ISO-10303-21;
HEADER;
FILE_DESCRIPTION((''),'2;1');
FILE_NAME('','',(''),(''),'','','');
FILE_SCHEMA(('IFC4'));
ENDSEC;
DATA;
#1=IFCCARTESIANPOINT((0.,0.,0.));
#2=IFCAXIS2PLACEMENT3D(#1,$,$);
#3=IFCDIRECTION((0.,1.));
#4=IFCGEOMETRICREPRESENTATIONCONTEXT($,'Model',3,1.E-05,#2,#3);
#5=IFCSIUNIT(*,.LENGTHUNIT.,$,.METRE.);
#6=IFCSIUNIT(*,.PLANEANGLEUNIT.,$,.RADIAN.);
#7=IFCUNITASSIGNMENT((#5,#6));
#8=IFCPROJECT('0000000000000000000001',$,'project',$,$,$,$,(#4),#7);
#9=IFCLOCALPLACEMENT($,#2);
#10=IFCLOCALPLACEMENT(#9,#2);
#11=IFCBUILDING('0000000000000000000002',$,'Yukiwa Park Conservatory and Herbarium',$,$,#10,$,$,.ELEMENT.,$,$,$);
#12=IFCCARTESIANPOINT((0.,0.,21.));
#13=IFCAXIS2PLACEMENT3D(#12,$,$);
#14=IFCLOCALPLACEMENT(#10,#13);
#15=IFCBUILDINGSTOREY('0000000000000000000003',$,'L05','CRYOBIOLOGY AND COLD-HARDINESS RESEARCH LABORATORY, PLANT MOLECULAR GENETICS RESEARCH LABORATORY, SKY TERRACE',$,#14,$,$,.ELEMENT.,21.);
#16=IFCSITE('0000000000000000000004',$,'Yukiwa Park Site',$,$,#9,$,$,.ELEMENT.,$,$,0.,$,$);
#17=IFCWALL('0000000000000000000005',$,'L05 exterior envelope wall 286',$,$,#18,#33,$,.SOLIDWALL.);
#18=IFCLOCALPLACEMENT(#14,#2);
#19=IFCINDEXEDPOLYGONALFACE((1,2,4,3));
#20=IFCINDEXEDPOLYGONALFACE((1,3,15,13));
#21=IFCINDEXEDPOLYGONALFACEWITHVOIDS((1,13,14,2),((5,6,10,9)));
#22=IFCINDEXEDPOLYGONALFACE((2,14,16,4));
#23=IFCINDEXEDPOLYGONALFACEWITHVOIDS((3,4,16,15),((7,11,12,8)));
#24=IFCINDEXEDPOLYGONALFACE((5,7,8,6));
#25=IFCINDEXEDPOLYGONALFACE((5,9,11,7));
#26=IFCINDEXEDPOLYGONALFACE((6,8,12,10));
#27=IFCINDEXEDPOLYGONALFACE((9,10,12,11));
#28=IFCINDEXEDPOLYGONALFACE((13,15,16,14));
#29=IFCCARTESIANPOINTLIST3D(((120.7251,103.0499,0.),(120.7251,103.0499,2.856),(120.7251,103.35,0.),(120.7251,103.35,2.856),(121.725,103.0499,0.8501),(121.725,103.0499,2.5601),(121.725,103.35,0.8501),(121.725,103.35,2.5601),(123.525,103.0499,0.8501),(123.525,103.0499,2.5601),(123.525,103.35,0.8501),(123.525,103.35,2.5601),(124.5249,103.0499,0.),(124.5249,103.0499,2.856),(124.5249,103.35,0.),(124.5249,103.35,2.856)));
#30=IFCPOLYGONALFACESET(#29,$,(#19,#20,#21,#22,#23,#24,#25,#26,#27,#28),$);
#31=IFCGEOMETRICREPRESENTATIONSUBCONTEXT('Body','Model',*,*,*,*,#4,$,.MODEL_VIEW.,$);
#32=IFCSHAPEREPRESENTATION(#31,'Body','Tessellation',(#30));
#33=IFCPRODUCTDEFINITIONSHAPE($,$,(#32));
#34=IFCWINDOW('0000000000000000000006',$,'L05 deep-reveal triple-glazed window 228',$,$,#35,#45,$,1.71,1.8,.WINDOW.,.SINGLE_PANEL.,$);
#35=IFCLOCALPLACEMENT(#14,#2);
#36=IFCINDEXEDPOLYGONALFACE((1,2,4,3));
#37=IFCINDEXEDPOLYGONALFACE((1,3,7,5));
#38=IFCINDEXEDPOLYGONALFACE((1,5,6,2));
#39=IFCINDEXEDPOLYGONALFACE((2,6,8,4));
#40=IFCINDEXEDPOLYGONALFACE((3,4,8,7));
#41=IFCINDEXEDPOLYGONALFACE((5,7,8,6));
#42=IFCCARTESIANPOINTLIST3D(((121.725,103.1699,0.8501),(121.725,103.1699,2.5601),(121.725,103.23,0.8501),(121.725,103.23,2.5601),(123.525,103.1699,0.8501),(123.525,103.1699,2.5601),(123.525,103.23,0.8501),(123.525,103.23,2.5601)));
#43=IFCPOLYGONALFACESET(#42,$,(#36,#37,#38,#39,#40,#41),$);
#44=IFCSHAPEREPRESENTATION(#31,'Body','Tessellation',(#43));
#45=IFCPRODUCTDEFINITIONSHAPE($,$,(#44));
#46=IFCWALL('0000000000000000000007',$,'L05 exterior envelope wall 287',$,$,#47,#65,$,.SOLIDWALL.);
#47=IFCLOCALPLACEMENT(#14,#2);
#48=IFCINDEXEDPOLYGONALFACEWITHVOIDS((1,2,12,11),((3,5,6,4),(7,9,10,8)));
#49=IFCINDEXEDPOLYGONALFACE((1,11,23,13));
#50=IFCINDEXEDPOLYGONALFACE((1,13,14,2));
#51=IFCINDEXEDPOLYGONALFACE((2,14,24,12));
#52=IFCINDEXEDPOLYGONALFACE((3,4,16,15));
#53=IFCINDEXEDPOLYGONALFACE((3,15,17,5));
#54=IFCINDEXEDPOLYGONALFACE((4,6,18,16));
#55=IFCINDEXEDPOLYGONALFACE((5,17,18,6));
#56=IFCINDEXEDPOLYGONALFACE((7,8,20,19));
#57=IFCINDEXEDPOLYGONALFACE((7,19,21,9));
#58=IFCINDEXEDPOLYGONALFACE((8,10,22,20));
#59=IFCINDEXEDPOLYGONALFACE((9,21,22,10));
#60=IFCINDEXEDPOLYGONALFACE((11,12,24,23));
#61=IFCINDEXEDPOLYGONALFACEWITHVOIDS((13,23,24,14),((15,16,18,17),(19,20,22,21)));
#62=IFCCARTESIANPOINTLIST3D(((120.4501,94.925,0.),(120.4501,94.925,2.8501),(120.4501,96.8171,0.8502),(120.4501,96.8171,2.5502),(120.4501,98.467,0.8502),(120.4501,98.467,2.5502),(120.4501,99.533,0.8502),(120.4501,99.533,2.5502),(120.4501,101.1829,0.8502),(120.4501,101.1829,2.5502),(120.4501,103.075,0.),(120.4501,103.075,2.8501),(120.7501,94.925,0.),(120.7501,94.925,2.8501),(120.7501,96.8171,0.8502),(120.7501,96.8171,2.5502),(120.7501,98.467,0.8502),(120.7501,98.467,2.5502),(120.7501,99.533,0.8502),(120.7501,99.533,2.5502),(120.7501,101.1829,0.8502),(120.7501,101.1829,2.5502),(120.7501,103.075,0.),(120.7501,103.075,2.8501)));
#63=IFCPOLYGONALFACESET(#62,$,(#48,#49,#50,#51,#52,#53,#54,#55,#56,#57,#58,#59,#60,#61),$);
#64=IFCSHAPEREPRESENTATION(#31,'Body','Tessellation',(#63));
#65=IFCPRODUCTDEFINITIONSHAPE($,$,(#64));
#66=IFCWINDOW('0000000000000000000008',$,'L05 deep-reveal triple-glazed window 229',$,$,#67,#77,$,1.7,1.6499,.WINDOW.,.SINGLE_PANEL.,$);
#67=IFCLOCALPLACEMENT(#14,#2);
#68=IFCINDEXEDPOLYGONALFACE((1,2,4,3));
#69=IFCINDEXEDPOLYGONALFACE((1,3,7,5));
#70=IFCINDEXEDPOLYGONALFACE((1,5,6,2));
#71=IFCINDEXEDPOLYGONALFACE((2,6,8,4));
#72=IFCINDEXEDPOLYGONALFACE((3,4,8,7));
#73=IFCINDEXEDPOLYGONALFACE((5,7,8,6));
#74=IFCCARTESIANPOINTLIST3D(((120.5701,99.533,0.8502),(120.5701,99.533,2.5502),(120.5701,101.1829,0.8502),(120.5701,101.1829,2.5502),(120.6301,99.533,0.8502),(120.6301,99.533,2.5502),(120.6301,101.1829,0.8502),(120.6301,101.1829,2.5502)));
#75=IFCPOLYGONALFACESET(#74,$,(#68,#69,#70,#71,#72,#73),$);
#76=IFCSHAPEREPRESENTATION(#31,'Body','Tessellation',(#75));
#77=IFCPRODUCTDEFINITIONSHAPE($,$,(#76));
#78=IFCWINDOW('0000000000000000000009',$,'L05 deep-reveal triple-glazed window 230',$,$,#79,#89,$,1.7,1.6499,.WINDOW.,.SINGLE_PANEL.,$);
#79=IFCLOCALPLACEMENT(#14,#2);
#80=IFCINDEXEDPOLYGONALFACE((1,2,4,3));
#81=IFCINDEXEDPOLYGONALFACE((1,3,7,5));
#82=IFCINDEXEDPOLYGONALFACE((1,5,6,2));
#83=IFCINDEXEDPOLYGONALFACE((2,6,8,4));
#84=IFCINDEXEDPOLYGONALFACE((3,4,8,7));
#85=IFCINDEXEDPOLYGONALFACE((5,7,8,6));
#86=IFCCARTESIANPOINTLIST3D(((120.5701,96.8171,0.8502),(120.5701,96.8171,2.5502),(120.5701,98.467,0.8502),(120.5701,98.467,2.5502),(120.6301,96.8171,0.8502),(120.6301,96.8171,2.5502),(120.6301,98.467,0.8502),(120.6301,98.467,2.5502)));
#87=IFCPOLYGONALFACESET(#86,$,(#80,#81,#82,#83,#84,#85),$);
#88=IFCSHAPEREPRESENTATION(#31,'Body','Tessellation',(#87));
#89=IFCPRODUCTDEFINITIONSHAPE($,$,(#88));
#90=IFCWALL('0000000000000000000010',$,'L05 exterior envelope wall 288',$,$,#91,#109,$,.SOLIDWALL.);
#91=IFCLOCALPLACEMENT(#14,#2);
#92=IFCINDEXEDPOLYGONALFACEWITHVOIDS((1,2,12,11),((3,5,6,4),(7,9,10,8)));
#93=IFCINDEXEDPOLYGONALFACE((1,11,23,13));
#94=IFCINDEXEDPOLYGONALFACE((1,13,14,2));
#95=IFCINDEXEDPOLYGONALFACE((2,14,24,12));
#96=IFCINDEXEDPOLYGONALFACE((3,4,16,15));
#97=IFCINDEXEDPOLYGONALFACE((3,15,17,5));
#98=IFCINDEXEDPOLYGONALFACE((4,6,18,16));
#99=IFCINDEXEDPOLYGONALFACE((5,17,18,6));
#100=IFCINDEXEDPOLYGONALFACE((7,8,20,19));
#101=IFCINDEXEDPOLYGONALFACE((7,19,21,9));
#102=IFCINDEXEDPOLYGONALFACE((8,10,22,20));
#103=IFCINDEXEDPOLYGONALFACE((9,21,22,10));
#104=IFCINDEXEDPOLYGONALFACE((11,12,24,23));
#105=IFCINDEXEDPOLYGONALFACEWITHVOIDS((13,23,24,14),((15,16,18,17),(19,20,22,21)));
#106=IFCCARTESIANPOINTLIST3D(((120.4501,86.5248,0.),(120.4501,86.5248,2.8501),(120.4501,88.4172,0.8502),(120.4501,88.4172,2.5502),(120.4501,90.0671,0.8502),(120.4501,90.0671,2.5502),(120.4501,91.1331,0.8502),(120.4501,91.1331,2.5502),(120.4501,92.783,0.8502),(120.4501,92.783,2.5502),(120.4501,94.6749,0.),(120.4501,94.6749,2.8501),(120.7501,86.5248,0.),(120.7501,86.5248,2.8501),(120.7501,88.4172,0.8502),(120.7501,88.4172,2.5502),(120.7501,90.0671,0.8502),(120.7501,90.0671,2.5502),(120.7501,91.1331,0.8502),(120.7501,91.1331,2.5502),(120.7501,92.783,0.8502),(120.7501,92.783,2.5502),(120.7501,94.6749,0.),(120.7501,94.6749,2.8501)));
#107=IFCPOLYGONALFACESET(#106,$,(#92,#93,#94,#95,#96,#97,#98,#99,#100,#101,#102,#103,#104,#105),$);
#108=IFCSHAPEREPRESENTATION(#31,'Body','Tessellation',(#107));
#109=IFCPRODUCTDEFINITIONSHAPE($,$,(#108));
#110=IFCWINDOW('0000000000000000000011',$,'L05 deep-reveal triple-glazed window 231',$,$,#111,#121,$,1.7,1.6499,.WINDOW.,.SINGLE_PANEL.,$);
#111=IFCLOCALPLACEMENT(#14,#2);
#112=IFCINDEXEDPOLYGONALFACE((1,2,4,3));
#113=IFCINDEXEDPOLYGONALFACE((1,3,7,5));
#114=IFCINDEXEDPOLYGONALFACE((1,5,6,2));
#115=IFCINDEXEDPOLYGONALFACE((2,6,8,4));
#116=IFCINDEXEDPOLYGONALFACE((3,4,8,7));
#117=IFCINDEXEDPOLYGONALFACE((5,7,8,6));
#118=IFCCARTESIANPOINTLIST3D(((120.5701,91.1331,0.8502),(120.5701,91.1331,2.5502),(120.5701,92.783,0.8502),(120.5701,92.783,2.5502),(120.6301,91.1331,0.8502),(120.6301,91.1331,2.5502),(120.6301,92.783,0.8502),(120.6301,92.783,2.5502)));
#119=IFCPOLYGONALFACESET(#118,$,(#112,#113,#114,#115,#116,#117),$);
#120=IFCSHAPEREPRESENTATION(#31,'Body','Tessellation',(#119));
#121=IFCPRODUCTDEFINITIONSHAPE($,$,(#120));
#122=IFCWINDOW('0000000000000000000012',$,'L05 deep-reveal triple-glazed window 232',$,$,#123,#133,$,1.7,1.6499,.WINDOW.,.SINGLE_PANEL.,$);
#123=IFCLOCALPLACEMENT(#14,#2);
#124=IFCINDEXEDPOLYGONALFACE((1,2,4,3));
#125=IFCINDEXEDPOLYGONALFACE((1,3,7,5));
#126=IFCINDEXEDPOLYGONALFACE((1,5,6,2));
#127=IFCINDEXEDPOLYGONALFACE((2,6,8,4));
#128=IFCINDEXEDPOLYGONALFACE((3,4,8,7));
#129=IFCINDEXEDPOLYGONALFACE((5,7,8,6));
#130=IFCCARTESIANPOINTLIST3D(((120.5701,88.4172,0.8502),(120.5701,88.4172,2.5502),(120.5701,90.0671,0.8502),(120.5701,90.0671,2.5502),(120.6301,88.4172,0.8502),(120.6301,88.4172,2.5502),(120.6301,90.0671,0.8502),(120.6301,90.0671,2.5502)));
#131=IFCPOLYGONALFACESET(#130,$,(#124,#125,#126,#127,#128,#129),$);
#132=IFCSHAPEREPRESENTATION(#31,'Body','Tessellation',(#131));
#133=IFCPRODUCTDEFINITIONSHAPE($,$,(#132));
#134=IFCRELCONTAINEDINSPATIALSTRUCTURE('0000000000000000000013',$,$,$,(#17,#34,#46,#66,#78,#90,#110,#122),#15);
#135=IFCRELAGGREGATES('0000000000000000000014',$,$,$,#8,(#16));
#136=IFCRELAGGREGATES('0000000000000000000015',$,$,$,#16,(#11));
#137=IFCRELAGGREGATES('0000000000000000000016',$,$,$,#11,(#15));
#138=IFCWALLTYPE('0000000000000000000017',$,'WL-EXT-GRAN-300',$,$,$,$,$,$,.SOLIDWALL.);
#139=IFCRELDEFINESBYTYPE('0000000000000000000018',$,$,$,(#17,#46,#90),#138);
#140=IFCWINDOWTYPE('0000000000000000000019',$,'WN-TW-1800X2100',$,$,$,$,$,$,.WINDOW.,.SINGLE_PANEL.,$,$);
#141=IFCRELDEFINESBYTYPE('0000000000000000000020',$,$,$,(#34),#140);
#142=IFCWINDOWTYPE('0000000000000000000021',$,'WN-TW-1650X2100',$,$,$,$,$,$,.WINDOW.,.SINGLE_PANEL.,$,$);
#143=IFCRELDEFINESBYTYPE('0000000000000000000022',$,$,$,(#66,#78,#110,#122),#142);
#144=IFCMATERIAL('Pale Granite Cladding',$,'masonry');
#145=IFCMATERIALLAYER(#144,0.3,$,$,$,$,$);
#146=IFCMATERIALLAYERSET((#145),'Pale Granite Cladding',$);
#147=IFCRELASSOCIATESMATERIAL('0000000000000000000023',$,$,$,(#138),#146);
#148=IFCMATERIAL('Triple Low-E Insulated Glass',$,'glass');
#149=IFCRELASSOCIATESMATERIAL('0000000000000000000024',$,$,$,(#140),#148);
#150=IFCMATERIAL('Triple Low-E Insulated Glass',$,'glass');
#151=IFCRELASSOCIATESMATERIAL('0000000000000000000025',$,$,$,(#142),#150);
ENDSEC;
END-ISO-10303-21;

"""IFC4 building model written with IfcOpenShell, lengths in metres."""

from ifc_helpers import new_model, si_unit, direction, frame, frame_2d, origin, place, context, subcontext, project, spatial, rectangle, extrude, material, layer, layer_set, type_object, element, fill, save


model = new_model("IFC4")

# Units and contexts
model_context = context("Model", 3, precision=1e-05, world=origin(), true_north=direction((0.0, 1.0)))
body_context = subcontext(model_context, "Body", "Model", "MODEL_VIEW")
ifc_project = project(units=[si_unit("LENGTHUNIT", "METRE"), si_unit("PLANEANGLEUNIT", "RADIAN")], contexts=[model_context])

# Site, building, storey
site_placement = place(None, origin())
site = spatial("IfcSite", under=ifc_project, at=site_placement, Name="Yukiwa Park Site", CompositionType="ELEMENT", RefElevation=0.0)
building_placement = place(site_placement, origin())
building = spatial("IfcBuilding", under=site, at=building_placement, Name="Yukiwa Park Conservatory and Herbarium", CompositionType="ELEMENT")
storey_placement = place(building_placement, frame((0.0, 0.0, 21.0)))
storey = spatial("IfcBuildingStorey", under=building, at=storey_placement, Name="L05", Description="CRYOBIOLOGY AND COLD-HARDINESS RESEARCH LABORATORY, PLANT MOLECULAR GENETICS RESEARCH LABORATORY, SKY TERRACE", CompositionType="ELEMENT", Elevation=21.0)

# Shared definitions
ifc_material_1 = material(Name="Pale Granite Cladding", Category="masonry")
ifc_layer_1 = layer(ifc_material_1, 0.3)
ifc_layer_set_1 = layer_set([ifc_layer_1], Name="Pale Granite Cladding")
wall_type = type_object("IfcWallType", Name="WL-EXT-GRAN-300", PredefinedType="SOLIDWALL", material=ifc_layer_set_1)
ifc_material_2 = material(Name="Triple Low-E Insulated Glass", Category="glass")
window_type_1 = type_object("IfcWindowType", Name="WN-TW-1800X2100", PartitioningType="SINGLE_PANEL", PredefinedType="WINDOW", material=ifc_material_2)

# Wall, opening, window
wall_1_placement = place(storey_placement, frame((124.5249, 103.2, 0.0), z_axis=(0.0, 0.0, 1.0), x_axis=(-1.0, 0.0, 0.0)))
wall_1 = element("IfcWall", 1, at=wall_1_placement, inside=storey, type_object=wall_type, Name="L05 exterior envelope wall 286", PredefinedType="SOLIDWALL", context=body_context, shape_type="SweptSolid", body=[
    extrude(rectangle(XDim=3.7998, YDim=0.3, at=frame_2d((1.8999, 0.0))), origin(), (0.0, 0.0, 1.0), 2.856),
])
opening_1_placement = place(wall_1_placement, frame((1.0, 0.0, 0.8501)))
opening_1 = element("IfcOpeningElement", 2, at=opening_1_placement, cuts=wall_1, PredefinedType="OPENING", context=body_context, shape_type="SweptSolid", body=[
    extrude(rectangle(XDim=1.8, YDim=1.71, at=frame_2d((0.8999, 0.855))), frame((0.0, 0.1602, 0.0), z_axis=(0.0, -1.0, 0.0), x_axis=(1.0, 0.0, 0.0)), (0.0, 0.0, 1.0), 0.3201),
])
window_1_placement = place(opening_1_placement, origin())
window_1 = element("IfcWindow", 3, at=window_1_placement, inside=storey, type_object=window_type_1, Name="L05 deep-reveal triple-glazed window 228", OverallHeight=1.71, OverallWidth=1.8, PartitioningType="SINGLE_PANEL", PredefinedType="WINDOW", context=body_context, shape_type="SweptSolid", body=[
    extrude(rectangle(XDim=1.8, YDim=1.71, at=frame_2d((0.8999, 0.855))), frame((0.0, 0.03, 0.0), z_axis=(0.0, -1.0, 0.0), x_axis=(1.0, 0.0, 0.0)), (0.0, 0.0, 1.0), 0.0601),
])
fill(opening_1, window_1)

# Walls, openings, windows
wall_2_placement = place(storey_placement, frame((120.6001, 103.075, 0.0), z_axis=(0.0, 0.0, 1.0), x_axis=(0.0, -1.0, 0.0)))
wall_2 = element("IfcWall", 4, at=wall_2_placement, inside=storey, type_object=wall_type, Name="L05 exterior envelope wall 287", PredefinedType="SOLIDWALL", context=body_context, shape_type="SweptSolid", body=[
    extrude(rectangle(XDim=8.1499, YDim=0.3, at=frame_2d((4.075, 0.0))), origin(), (0.0, 0.0, 1.0), 2.8501),
])
opening_2_placement = place(wall_2_placement, frame((1.8921, 0.0, 0.8501)))
opening_2 = element("IfcOpeningElement", 5, at=opening_2_placement, cuts=wall_2, PredefinedType="OPENING", context=body_context, shape_type="SweptSolid", body=[
    extrude(rectangle(XDim=1.6499, YDim=1.7, at=frame_2d((0.825, 0.8501))), frame((0.0, 0.1602, 0.0), z_axis=(0.0, -1.0, 0.0), x_axis=(1.0, 0.0, 0.0)), (0.0, 0.0, 1.0), 0.3201),
])
opening_3_placement = place(wall_2_placement, frame((4.6079, 0.0, 0.8501)))
opening_3 = element("IfcOpeningElement", 6, at=opening_3_placement, cuts=wall_2, PredefinedType="OPENING", context=body_context, shape_type="SweptSolid", body=[
    extrude(rectangle(XDim=1.6499, YDim=1.7, at=frame_2d((0.825, 0.8501))), frame((0.0, 0.1602, 0.0), z_axis=(0.0, -1.0, 0.0), x_axis=(1.0, 0.0, 0.0)), (0.0, 0.0, 1.0), 0.3201),
])
ifc_material_3 = material(Name="Triple Low-E Insulated Glass", Category="glass")
window_type_2 = type_object("IfcWindowType", Name="WN-TW-1650X2100", PartitioningType="SINGLE_PANEL", PredefinedType="WINDOW", material=ifc_material_3)
window_2_placement = place(opening_2_placement, origin())
window_2 = element("IfcWindow", 7, at=window_2_placement, inside=storey, type_object=window_type_2, Name="L05 deep-reveal triple-glazed window 229", OverallHeight=1.7, OverallWidth=1.6499, PartitioningType="SINGLE_PANEL", PredefinedType="WINDOW", context=body_context, shape_type="SweptSolid", body=[
    extrude(rectangle(XDim=1.6499, YDim=1.7, at=frame_2d((0.825, 0.8501))), frame((0.0, 0.03, 0.0), z_axis=(0.0, -1.0, 0.0), x_axis=(1.0, 0.0, 0.0)), (0.0, 0.0, 1.0), 0.0601),
])
fill(opening_2, window_2)
window_3_placement = place(opening_3_placement, origin())
window_3 = element("IfcWindow", 8, at=window_3_placement, inside=storey, type_object=window_type_2, Name="L05 deep-reveal triple-glazed window 230", OverallHeight=1.7, OverallWidth=1.6499, PartitioningType="SINGLE_PANEL", PredefinedType="WINDOW", context=body_context, shape_type="SweptSolid", body=[
    extrude(rectangle(XDim=1.6499, YDim=1.7, at=frame_2d((0.825, 0.8501))), frame((0.0, 0.03, 0.0), z_axis=(0.0, -1.0, 0.0), x_axis=(1.0, 0.0, 0.0)), (0.0, 0.0, 1.0), 0.0601),
])
fill(opening_3, window_3)
wall_3_placement = place(storey_placement, frame((120.6001, 94.675, 0.0), z_axis=(0.0, 0.0, 1.0), x_axis=(0.0, -1.0, 0.0)))
wall_3 = element("IfcWall", 9, at=wall_3_placement, inside=storey, type_object=wall_type, Name="L05 exterior envelope wall 288", PredefinedType="SOLIDWALL", context=body_context, shape_type="SweptSolid", body=[
    extrude(rectangle(XDim=8.1501, YDim=0.3, at=frame_2d((4.0752, 0.0))), origin(), (0.0, 0.0, 1.0), 2.8501),
])
opening_4_placement = place(wall_3_placement, frame((1.8921, 0.0, 0.8501)))
opening_4 = element("IfcOpeningElement", 10, at=opening_4_placement, cuts=wall_3, PredefinedType="OPENING", context=body_context, shape_type="SweptSolid", body=[
    extrude(rectangle(XDim=1.6499, YDim=1.7, at=frame_2d((0.825, 0.8501))), frame((0.0, 0.1602, 0.0), z_axis=(0.0, -1.0, 0.0), x_axis=(1.0, 0.0, 0.0)), (0.0, 0.0, 1.0), 0.3201),
])
opening_5_placement = place(wall_3_placement, frame((4.6079, 0.0, 0.8501)))
opening_5 = element("IfcOpeningElement", 11, at=opening_5_placement, cuts=wall_3, PredefinedType="OPENING", context=body_context, shape_type="SweptSolid", body=[
    extrude(rectangle(XDim=1.6499, YDim=1.7, at=frame_2d((0.825, 0.8501))), frame((0.0, 0.1602, 0.0), z_axis=(0.0, -1.0, 0.0), x_axis=(1.0, 0.0, 0.0)), (0.0, 0.0, 1.0), 0.3201),
])
window_4_placement = place(opening_4_placement, origin())
window_4 = element("IfcWindow", 12, at=window_4_placement, inside=storey, type_object=window_type_2, Name="L05 deep-reveal triple-glazed window 231", OverallHeight=1.7, OverallWidth=1.6499, PartitioningType="SINGLE_PANEL", PredefinedType="WINDOW", context=body_context, shape_type="SweptSolid", body=[
    extrude(rectangle(XDim=1.6499, YDim=1.7, at=frame_2d((0.825, 0.8501))), frame((0.0, 0.03, 0.0), z_axis=(0.0, -1.0, 0.0), x_axis=(1.0, 0.0, 0.0)), (0.0, 0.0, 1.0), 0.0601),
])
fill(opening_4, window_4)
window_5_placement = place(opening_5_placement, origin())
window_5 = element("IfcWindow", 13, at=window_5_placement, inside=storey, type_object=window_type_2, Name="L05 deep-reveal triple-glazed window 232", OverallHeight=1.7, OverallWidth=1.6499, PartitioningType="SINGLE_PANEL", PredefinedType="WINDOW", context=body_context, shape_type="SweptSolid", body=[
    extrude(rectangle(XDim=1.6499, YDim=1.7, at=frame_2d((0.825, 0.8501))), frame((0.0, 0.03, 0.0), z_axis=(0.0, -1.0, 0.0), x_axis=(1.0, 0.0, 0.0)), (0.0, 0.0, 1.0), 0.0601),
])
fill(opening_5, window_5)

save(model, "model.ifc")
